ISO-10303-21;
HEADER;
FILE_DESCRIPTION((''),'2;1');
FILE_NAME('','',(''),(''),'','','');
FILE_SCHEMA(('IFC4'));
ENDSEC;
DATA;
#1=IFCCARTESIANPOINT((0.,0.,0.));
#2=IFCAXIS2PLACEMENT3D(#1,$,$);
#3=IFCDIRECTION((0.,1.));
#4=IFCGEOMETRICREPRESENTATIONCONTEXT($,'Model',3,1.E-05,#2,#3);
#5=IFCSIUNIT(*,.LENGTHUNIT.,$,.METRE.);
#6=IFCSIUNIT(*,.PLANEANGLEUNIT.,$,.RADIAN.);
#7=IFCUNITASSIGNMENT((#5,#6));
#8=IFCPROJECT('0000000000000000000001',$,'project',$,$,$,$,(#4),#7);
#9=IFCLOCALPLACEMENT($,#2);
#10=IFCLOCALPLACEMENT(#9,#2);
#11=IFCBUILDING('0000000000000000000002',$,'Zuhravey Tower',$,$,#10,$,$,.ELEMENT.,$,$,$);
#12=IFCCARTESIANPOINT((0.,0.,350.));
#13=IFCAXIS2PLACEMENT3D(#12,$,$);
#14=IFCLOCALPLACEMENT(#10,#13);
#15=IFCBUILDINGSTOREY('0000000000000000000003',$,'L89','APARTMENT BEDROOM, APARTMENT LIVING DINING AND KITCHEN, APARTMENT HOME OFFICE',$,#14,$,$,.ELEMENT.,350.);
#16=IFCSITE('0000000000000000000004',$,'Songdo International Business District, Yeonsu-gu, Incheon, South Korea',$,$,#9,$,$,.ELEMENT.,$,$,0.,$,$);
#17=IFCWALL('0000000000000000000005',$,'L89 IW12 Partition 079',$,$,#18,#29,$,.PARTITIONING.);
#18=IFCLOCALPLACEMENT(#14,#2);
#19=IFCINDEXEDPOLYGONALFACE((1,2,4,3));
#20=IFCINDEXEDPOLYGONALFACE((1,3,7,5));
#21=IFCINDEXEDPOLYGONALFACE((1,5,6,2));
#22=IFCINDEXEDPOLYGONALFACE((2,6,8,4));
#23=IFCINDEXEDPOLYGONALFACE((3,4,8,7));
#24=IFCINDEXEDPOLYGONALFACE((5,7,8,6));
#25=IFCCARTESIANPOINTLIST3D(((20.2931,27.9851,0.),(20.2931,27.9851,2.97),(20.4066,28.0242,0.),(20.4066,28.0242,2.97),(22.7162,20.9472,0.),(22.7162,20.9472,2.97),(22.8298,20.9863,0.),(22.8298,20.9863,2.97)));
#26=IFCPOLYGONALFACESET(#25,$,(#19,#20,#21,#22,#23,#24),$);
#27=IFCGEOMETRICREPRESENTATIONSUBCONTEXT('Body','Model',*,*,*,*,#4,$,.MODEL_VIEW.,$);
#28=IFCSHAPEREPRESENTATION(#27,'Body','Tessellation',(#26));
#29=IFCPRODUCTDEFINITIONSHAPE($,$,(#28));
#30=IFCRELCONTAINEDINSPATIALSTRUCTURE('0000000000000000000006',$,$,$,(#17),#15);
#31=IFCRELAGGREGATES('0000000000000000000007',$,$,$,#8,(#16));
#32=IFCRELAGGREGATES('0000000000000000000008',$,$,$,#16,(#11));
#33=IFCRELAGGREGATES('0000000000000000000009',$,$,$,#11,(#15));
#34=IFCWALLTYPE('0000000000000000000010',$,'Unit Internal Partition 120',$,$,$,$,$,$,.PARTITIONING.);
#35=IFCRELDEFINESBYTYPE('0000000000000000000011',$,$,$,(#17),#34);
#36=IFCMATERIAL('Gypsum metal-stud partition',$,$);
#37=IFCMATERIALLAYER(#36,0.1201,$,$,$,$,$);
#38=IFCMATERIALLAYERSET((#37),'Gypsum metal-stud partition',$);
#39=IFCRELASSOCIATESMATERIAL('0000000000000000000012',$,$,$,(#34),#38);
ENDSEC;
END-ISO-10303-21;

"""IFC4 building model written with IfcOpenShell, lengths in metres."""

from ifc_helpers import new_model, si_unit, direction, frame, frame_2d, origin, place, context, subcontext, project, spatial, rectangle, extrude, material, layer, layer_set, type_object, element, save


model = new_model("IFC4")

# Units and contexts
model_context = context("Model", 3, precision=1e-05, world=origin(), true_north=direction((0.0, 1.0)))
body_context = subcontext(model_context, "Body", "Model", "MODEL_VIEW")
ifc_project = project(units=[si_unit("LENGTHUNIT", "METRE"), si_unit("PLANEANGLEUNIT", "RADIAN")], contexts=[model_context])

# Site, building, storey
site_placement = place(None, origin())
site = spatial("IfcSite", under=ifc_project, at=site_placement, Name="Songdo International Business District, Yeonsu-gu, Incheon, South Korea", CompositionType="ELEMENT", RefElevation=0.0)
building_placement = place(site_placement, origin())
building = spatial("IfcBuilding", under=site, at=building_placement, Name="Zuhravey Tower", CompositionType="ELEMENT")
storey_placement = place(building_placement, frame((0.0, 0.0, 350.0)))
storey = spatial("IfcBuildingStorey", under=building, at=storey_placement, Name="L89", Description="APARTMENT BEDROOM, APARTMENT LIVING DINING AND KITCHEN, APARTMENT HOME OFFICE", CompositionType="ELEMENT", Elevation=350.0)

# Shared definitions
ifc_material_1 = material(Name="Gypsum metal-stud partition")
ifc_layer_1 = layer(ifc_material_1, 0.1201)
ifc_layer_set_1 = layer_set([ifc_layer_1], Name="Gypsum metal-stud partition")
wall_type_1 = type_object("IfcWallType", Name="Unit Internal Partition 120", PredefinedType="PARTITIONING", material=ifc_layer_set_1)

# Wall
wall_1_placement = place(storey_placement, frame((20.3499, 28.0046, 0.0), z_axis=(0.0, 0.0, 1.0), x_axis=(0.325541, -0.945528, 0.0)))
element("IfcWall", 1, at=wall_1_placement, inside=storey, type_object=wall_type_1, Name="L89 IW12 Partition 079", PredefinedType="PARTITIONING", context=body_context, shape_type="SweptSolid", body=[
    extrude(rectangle(XDim=7.4434, YDim=0.1201, at=frame_2d((3.7217, 0.0))), origin(), (0.0, 0.0, 1.0), 2.97),
])

save(model, "model.ifc")
